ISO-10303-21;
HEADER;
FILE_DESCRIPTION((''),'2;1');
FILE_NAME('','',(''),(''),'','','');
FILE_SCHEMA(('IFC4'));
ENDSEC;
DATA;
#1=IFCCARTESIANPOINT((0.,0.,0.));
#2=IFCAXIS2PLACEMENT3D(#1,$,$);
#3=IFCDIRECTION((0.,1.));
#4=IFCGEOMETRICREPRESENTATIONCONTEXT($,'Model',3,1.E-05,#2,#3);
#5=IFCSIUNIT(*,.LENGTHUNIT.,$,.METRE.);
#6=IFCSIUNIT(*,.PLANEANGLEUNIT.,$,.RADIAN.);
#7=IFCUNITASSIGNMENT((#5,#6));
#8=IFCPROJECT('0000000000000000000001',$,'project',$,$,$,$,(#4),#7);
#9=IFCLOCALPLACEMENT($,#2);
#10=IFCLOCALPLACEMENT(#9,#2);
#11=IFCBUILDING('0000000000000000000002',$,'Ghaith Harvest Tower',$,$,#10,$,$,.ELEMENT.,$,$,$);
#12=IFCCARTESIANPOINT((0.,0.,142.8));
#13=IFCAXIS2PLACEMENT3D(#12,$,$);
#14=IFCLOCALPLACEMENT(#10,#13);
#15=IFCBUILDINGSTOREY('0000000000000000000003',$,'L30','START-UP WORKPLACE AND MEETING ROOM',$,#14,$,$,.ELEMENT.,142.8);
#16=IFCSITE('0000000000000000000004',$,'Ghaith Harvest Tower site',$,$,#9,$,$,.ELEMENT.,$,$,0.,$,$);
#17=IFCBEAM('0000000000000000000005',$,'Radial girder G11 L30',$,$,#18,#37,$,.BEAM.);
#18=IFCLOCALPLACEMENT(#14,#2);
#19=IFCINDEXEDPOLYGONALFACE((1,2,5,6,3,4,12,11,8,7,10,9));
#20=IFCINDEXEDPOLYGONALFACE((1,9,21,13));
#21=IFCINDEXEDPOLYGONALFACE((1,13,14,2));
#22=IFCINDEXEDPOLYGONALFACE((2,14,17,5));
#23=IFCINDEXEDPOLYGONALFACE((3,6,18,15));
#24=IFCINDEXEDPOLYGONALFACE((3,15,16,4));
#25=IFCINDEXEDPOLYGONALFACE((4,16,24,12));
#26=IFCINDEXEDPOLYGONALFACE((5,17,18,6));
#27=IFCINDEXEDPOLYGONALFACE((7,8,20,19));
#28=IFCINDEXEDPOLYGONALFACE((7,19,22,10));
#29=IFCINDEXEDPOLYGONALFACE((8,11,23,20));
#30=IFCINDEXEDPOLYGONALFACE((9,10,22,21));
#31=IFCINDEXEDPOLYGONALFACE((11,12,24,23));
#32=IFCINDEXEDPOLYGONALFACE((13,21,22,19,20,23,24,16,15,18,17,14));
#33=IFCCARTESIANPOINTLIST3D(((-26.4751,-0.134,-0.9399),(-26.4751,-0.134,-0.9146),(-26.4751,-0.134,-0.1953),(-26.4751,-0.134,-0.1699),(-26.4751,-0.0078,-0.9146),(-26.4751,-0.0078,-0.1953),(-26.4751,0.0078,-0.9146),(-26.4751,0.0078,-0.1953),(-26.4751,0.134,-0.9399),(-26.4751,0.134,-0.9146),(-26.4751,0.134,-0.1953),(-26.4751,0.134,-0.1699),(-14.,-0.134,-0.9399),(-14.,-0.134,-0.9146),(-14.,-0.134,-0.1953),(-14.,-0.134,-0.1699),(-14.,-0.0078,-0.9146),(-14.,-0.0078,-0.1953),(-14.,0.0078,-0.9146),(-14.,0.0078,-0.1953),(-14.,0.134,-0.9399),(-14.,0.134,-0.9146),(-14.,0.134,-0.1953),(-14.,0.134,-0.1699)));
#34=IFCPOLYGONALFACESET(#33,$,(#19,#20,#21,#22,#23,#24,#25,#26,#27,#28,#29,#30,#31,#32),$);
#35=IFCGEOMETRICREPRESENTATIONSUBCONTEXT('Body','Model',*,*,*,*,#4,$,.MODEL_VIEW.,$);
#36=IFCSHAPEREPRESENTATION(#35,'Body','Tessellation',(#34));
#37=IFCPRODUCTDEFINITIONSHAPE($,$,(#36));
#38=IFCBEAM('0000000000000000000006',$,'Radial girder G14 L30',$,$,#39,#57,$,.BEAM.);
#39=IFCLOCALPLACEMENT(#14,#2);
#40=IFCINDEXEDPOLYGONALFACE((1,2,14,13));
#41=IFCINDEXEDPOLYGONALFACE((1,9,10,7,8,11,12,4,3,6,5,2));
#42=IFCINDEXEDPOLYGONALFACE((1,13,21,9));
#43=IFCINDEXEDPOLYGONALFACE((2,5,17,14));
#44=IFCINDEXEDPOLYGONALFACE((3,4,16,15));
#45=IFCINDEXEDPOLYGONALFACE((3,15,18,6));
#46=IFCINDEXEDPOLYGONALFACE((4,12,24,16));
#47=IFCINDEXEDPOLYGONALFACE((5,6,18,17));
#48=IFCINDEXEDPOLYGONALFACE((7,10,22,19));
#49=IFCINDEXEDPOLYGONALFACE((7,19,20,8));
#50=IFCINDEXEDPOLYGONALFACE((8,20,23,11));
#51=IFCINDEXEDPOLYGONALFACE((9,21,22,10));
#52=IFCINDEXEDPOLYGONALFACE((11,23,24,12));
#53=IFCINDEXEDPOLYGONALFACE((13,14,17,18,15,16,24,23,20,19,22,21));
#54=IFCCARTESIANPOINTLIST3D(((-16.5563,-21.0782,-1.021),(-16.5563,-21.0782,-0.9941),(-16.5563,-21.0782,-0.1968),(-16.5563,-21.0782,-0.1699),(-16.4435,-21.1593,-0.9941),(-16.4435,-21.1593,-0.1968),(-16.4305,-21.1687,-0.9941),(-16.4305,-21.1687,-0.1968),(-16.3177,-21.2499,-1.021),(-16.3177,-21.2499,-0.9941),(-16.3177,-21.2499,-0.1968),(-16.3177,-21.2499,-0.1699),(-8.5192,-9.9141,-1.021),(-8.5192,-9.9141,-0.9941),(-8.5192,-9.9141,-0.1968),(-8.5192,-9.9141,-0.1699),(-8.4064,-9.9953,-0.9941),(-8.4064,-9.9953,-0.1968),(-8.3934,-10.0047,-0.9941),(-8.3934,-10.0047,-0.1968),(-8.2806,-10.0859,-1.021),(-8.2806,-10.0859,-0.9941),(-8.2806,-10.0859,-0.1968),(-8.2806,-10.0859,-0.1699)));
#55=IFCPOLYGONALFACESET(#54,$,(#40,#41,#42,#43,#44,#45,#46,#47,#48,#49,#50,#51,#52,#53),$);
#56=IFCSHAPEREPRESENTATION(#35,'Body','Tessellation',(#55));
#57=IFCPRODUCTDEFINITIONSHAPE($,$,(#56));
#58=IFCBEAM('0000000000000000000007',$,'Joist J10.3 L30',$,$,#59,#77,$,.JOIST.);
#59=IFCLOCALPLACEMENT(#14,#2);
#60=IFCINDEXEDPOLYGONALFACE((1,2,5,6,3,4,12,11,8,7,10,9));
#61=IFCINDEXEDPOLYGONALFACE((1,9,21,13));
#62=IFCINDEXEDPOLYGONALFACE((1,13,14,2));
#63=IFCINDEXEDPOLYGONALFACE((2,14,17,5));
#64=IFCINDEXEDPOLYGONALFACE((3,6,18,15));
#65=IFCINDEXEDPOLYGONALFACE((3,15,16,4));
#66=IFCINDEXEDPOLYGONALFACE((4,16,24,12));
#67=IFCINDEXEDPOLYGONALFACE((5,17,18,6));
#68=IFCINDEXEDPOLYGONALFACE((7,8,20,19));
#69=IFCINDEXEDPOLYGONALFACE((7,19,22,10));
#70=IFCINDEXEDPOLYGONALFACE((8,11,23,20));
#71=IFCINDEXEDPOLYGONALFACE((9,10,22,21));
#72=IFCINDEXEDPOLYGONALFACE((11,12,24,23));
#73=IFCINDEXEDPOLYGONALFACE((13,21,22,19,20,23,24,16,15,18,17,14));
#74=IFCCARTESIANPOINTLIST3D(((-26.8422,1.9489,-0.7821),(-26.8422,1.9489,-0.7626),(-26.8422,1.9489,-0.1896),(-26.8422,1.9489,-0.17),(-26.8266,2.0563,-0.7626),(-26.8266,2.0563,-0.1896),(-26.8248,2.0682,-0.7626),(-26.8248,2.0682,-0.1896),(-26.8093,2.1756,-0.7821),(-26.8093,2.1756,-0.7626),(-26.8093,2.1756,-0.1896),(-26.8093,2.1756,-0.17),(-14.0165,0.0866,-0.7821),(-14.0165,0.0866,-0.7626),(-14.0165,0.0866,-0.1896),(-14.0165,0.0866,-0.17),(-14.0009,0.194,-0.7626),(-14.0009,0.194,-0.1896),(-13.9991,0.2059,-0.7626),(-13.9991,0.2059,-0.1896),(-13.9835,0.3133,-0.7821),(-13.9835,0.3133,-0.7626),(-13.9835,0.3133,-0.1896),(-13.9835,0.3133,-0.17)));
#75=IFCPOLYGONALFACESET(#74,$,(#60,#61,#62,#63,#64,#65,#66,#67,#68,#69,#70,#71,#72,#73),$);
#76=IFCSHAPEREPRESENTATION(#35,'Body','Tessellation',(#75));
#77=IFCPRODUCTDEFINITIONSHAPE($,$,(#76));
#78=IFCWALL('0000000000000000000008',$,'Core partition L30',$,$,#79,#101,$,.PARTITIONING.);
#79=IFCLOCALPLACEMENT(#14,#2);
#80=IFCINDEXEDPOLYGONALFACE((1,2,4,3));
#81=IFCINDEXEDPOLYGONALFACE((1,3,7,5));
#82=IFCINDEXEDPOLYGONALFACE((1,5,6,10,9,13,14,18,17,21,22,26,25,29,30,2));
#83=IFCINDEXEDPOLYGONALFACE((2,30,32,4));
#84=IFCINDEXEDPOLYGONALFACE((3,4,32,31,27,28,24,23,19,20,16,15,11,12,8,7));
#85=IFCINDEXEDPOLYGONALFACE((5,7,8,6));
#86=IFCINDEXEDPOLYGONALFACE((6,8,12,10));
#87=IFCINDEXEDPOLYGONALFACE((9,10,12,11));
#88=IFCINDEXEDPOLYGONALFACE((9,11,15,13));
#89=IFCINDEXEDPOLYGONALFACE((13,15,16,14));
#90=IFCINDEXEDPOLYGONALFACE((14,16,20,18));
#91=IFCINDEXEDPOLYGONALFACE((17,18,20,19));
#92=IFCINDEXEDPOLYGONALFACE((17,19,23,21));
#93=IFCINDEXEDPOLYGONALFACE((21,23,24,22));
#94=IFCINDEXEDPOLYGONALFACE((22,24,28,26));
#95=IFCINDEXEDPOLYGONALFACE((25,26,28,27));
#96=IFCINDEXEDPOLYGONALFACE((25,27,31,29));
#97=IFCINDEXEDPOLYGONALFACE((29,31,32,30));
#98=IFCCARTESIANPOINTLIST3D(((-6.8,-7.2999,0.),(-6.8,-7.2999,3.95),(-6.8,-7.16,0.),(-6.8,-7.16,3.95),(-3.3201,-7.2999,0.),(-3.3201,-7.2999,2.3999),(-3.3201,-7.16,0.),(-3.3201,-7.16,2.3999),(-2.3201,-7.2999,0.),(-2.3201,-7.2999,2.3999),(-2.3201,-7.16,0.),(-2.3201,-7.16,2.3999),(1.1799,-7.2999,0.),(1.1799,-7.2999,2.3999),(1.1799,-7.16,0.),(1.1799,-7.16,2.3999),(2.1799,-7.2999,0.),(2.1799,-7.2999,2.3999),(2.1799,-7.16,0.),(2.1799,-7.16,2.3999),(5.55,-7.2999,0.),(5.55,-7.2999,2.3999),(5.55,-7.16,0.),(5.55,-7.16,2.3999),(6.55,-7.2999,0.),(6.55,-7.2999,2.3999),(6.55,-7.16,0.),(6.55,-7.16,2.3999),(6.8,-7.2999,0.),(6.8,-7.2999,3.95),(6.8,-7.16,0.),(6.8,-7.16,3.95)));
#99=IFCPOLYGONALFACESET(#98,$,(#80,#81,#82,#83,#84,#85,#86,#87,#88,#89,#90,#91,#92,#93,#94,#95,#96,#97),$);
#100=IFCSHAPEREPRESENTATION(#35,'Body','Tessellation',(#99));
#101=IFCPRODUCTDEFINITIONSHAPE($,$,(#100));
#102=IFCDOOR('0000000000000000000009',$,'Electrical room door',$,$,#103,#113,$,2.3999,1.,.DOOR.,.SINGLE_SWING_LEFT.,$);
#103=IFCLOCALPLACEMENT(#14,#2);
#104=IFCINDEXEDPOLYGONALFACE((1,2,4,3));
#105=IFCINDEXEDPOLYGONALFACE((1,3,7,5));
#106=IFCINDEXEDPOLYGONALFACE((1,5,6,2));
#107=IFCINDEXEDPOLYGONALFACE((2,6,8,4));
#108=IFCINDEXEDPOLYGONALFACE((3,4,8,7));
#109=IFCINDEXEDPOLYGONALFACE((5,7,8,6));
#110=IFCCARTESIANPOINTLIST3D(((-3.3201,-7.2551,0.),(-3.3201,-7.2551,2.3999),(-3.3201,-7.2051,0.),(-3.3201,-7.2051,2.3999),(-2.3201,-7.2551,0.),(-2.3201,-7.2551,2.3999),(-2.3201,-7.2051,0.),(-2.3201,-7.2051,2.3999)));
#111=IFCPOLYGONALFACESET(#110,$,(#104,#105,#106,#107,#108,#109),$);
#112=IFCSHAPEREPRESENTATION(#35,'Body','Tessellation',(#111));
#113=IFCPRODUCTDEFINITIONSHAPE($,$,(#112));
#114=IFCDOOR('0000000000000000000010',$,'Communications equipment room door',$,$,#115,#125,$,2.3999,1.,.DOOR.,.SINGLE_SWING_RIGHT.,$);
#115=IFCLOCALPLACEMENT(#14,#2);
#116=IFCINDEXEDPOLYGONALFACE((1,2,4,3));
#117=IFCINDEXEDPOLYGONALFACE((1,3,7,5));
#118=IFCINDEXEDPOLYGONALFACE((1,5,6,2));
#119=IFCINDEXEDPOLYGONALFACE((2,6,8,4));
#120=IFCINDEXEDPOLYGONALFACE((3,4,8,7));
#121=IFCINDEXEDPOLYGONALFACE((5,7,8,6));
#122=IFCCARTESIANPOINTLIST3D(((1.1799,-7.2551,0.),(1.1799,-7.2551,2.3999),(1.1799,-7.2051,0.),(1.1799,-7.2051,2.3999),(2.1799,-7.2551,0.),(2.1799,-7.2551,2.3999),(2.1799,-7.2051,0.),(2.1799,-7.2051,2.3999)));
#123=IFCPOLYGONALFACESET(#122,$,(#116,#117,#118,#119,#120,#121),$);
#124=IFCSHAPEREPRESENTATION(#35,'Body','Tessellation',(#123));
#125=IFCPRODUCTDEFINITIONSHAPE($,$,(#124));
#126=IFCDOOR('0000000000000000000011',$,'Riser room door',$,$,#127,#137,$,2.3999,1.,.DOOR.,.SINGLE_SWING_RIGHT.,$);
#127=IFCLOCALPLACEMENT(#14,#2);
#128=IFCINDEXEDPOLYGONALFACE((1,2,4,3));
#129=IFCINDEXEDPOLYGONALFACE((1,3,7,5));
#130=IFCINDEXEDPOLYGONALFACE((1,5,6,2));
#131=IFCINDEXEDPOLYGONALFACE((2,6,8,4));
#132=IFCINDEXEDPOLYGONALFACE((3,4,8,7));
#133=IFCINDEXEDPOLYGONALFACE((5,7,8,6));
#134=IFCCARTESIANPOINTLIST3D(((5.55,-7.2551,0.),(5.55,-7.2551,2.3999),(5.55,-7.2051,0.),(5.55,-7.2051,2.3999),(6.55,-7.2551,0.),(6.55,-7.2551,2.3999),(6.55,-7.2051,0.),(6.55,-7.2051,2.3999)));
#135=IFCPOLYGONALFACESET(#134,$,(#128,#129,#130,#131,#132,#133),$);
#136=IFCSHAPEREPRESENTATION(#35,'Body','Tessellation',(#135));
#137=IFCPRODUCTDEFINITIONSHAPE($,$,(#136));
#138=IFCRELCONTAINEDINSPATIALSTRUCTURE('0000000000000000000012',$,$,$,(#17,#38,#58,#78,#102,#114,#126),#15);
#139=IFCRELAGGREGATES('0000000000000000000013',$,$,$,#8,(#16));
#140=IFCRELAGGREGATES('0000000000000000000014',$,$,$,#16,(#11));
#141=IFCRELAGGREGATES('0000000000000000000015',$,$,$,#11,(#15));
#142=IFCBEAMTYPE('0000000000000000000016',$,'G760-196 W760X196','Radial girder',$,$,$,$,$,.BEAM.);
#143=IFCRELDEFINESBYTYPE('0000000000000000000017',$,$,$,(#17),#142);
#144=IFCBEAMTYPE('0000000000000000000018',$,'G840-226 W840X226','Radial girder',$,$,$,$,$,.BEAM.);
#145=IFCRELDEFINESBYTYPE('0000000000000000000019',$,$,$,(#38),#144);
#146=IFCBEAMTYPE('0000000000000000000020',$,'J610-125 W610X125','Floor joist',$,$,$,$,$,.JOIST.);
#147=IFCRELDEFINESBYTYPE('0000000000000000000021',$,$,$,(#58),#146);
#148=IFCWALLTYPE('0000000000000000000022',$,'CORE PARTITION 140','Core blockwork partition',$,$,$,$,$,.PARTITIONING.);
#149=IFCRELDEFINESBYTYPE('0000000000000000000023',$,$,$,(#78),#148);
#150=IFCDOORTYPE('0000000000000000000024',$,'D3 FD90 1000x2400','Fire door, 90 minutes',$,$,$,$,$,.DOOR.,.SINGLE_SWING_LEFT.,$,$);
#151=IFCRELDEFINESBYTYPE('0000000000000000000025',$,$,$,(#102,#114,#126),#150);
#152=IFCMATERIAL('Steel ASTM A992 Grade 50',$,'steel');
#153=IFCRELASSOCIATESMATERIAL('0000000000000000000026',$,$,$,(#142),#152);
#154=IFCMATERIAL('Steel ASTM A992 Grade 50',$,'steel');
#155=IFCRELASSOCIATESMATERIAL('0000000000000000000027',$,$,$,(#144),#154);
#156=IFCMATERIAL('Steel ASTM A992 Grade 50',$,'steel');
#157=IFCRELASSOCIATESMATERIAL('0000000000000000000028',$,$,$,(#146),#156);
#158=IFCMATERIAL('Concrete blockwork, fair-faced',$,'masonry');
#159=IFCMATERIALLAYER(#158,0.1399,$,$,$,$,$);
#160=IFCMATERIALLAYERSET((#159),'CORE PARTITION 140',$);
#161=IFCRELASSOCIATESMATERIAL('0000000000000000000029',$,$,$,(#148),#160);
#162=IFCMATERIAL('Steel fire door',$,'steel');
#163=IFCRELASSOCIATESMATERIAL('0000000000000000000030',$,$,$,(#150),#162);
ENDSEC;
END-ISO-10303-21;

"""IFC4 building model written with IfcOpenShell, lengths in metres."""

from ifc_helpers import new_model, si_unit, direction, frame, frame_2d, origin, origin_2d, place, context, subcontext, project, spatial, rectangle, i_section, extrude, material, layer, layer_set, material_profile, profile_set, type_object, element, fill, save


model = new_model("IFC4")

# Units and contexts
model_context = context("Model", 3, precision=1e-05, world=origin(), true_north=direction((0.0, 1.0)))
body_context = subcontext(model_context, "Body", "Model", "MODEL_VIEW")
ifc_project = project(units=[si_unit("LENGTHUNIT", "METRE"), si_unit("PLANEANGLEUNIT", "RADIAN")], contexts=[model_context])

# Site, building, storey
site_placement = place(None, origin())
site = spatial("IfcSite", under=ifc_project, at=site_placement, Name="Ghaith Harvest Tower site", CompositionType="ELEMENT", RefElevation=0.0)
building_placement = place(site_placement, origin())
building = spatial("IfcBuilding", under=site, at=building_placement, Name="Ghaith Harvest Tower", CompositionType="ELEMENT")
storey_placement = place(building_placement, frame((0.0, 0.0, 142.8)))
storey = spatial("IfcBuildingStorey", under=building, at=storey_placement, Name="L30", Description="START-UP WORKPLACE AND MEETING ROOM", CompositionType="ELEMENT", Elevation=142.8)

# Beams
ifc_material_1 = material(Name="Steel ASTM A992 Grade 50", Category="steel")
ifc_material_profile_1 = material_profile(ifc_material_1, i_section(OverallWidth=0.2681, OverallDepth=0.77, WebThickness=0.0156, FlangeThickness=0.0254, at=origin_2d()), Name="W760X196")
ifc_profile_set_1 = profile_set([ifc_material_profile_1], Name="Steel ASTM A992 Grade 50")
beam_type_1 = type_object("IfcBeamType", Name="G760-196 W760X196", Description="Radial girder", PredefinedType="BEAM", material=ifc_profile_set_1)
beam_1_placement = place(storey_placement, frame((-14.0, 0.0, -0.5549), z_axis=(-1.0, 0.0, 0.0), x_axis=(0.0, -1.0, 0.0)))
element("IfcBeam", 1, at=beam_1_placement, inside=storey, type_object=beam_type_1, Name="Radial girder G11 L30", PredefinedType="BEAM", context=body_context, shape_type="SweptSolid", body=[
    extrude(i_section(OverallWidth=0.2681, OverallDepth=0.77, WebThickness=0.0156, FlangeThickness=0.0254, at=origin_2d()), origin(), (0.0, 0.0, 1.0), 12.4751),
])
ifc_material_2 = material(Name="Steel ASTM A992 Grade 50", Category="steel")
ifc_material_profile_2 = material_profile(ifc_material_2, i_section(OverallWidth=0.2939, OverallDepth=0.8511, WebThickness=0.0161, FlangeThickness=0.0269, at=origin_2d()), Name="W840X226")
ifc_profile_set_2 = profile_set([ifc_material_profile_2], Name="Steel ASTM A992 Grade 50")
beam_type_2 = type_object("IfcBeamType", Name="G840-226 W840X226", Description="Radial girder", PredefinedType="BEAM", material=ifc_profile_set_2)
beam_2_placement = place(storey_placement, frame((-8.3999, -10.0, -0.5955), z_axis=(-0.584256, -0.811569, 0.0), x_axis=(0.811569, -0.584256, 0.0)))
element("IfcBeam", 2, at=beam_2_placement, inside=storey, type_object=beam_type_2, Name="Radial girder G14 L30", PredefinedType="BEAM", context=body_context, shape_type="SweptSolid", body=[
    extrude(i_section(OverallWidth=0.2939, OverallDepth=0.8511, WebThickness=0.0161, FlangeThickness=0.0269, at=origin_2d()), origin(), (0.0, 0.0, 1.0), 13.7561),
])
ifc_material_3 = material(Name="Steel ASTM A992 Grade 50", Category="steel")
ifc_material_profile_3 = material_profile(ifc_material_3, i_section(OverallWidth=0.229, OverallDepth=0.6121, WebThickness=0.012, FlangeThickness=0.0195, at=origin_2d()), Name="W610X125")
ifc_profile_set_3 = profile_set([ifc_material_profile_3], Name="Steel ASTM A992 Grade 50")
beam_type_3 = type_object("IfcBeamType", Name="J610-125 W610X125", Description="Floor joist", PredefinedType="JOIST", material=ifc_profile_set_3)
beam_3_placement = place(storey_placement, frame((-14.0, 0.2, -0.4761), z_axis=(-0.989622, 0.143694, 0.0), x_axis=(-0.143694, -0.989622, 0.0)))
element("IfcBeam", 3, at=beam_3_placement, inside=storey, type_object=beam_type_3, Name="Joist J10.3 L30", PredefinedType="JOIST", context=body_context, shape_type="SweptSolid", body=[
    extrude(i_section(OverallWidth=0.229, OverallDepth=0.6121, WebThickness=0.012, FlangeThickness=0.0195, at=origin_2d()), origin(), (0.0, 0.0, 1.0), 12.9602),
])

# Wall, openings, doors
ifc_material_4 = material(Name="Concrete blockwork, fair-faced", Category="masonry")
ifc_layer_1 = layer(ifc_material_4, 0.1399)
ifc_layer_set_1 = layer_set([ifc_layer_1], Name="CORE PARTITION 140")
wall_type_1 = type_object("IfcWallType", Name="CORE PARTITION 140", Description="Core blockwork partition", PredefinedType="PARTITIONING", material=ifc_layer_set_1)
wall_1_placement = place(storey_placement, frame((-6.8, -7.23, 0.0), z_axis=(0.0, 0.0, 1.0), x_axis=(1.0, 0.0, 0.0)))
wall_1 = element("IfcWall", 4, at=wall_1_placement, inside=storey, type_object=wall_type_1, Name="Core partition L30", PredefinedType="PARTITIONING", context=body_context, shape_type="SweptSolid", body=[
    extrude(rectangle(XDim=13.6001, YDim=0.1399, at=frame_2d((6.8, 0.0))), origin(), (0.0, 0.0, 1.0), 3.95),
])
opening_1_placement = place(wall_1_placement, frame((3.48, 0.0, 0.0)))
opening_1 = element("IfcOpeningElement", 5, at=opening_1_placement, cuts=wall_1, PredefinedType="OPENING", context=body_context, shape_type="SweptSolid", body=[
    extrude(rectangle(XDim=1.0, YDim=2.3999, at=frame_2d((0.5, 1.2))), frame((0.0, 0.0801, 0.0), z_axis=(0.0, -1.0, 0.0), x_axis=(1.0, 0.0, 0.0)), (0.0, 0.0, 1.0), 0.1599),
])
opening_2_placement = place(wall_1_placement, frame((7.98, 0.0, 0.0)))
opening_2 = element("IfcOpeningElement", 6, at=opening_2_placement, cuts=wall_1, PredefinedType="OPENING", context=body_context, shape_type="SweptSolid", body=[
    extrude(rectangle(XDim=1.0, YDim=2.3999, at=frame_2d((0.5, 1.2))), frame((0.0, 0.0801, 0.0), z_axis=(0.0, -1.0, 0.0), x_axis=(1.0, 0.0, 0.0)), (0.0, 0.0, 1.0), 0.1599),
])
opening_3_placement = place(wall_1_placement, frame((12.3501, 0.0, 0.0)))
opening_3 = element("IfcOpeningElement", 7, at=opening_3_placement, cuts=wall_1, PredefinedType="OPENING", context=body_context, shape_type="SweptSolid", body=[
    extrude(rectangle(XDim=1.0, YDim=2.3999, at=frame_2d((0.5, 1.2))), frame((0.0, 0.0801, 0.0), z_axis=(0.0, -1.0, 0.0), x_axis=(1.0, 0.0, 0.0)), (0.0, 0.0, 1.0), 0.1599),
])
ifc_material_5 = material(Name="Steel fire door", Category="steel")
door_type_1 = type_object("IfcDoorType", Name="D3 FD90 1000x2400", Description="Fire door, 90 minutes", OperationType="SINGLE_SWING_LEFT", PredefinedType="DOOR", material=ifc_material_5)
door_1_placement = place(opening_1_placement, origin())
door_1 = element("IfcDoor", 8, at=door_1_placement, inside=storey, type_object=door_type_1, Name="Electrical room door", OperationType="SINGLE_SWING_LEFT", OverallHeight=2.3999, OverallWidth=1.0, PredefinedType="DOOR", context=body_context, shape_type="SweptSolid", body=[
    extrude(rectangle(XDim=1.0, YDim=2.3999, at=frame_2d((0.5, 1.2))), frame((0.0, 0.0249, 0.0), z_axis=(0.0, -1.0, 0.0), x_axis=(1.0, 0.0, 0.0)), (0.0, 0.0, 1.0), 0.05),
])
fill(opening_1, door_1)
door_2_placement = place(opening_2_placement, origin())
door_2 = element("IfcDoor", 9, at=door_2_placement, inside=storey, type_object=door_type_1, Name="Communications equipment room door", OperationType="SINGLE_SWING_RIGHT", OverallHeight=2.3999, OverallWidth=1.0, PredefinedType="DOOR", context=body_context, shape_type="SweptSolid", body=[
    extrude(rectangle(XDim=1.0, YDim=2.3999, at=frame_2d((0.5, 1.2))), frame((0.0, 0.0249, 0.0), z_axis=(0.0, -1.0, 0.0), x_axis=(1.0, 0.0, 0.0)), (0.0, 0.0, 1.0), 0.05),
])
fill(opening_2, door_2)
door_3_placement = place(opening_3_placement, origin())
door_3 = element("IfcDoor", 10, at=door_3_placement, inside=storey, type_object=door_type_1, Name="Riser room door", OperationType="SINGLE_SWING_RIGHT", OverallHeight=2.3999, OverallWidth=1.0, PredefinedType="DOOR", context=body_context, shape_type="SweptSolid", body=[
    extrude(rectangle(XDim=1.0, YDim=2.3999, at=frame_2d((0.5, 1.2))), frame((0.0, 0.0249, 0.0), z_axis=(0.0, -1.0, 0.0), x_axis=(1.0, 0.0, 0.0)), (0.0, 0.0, 1.0), 0.05),
])
fill(opening_3, door_3)

save(model, "model.ifc")
